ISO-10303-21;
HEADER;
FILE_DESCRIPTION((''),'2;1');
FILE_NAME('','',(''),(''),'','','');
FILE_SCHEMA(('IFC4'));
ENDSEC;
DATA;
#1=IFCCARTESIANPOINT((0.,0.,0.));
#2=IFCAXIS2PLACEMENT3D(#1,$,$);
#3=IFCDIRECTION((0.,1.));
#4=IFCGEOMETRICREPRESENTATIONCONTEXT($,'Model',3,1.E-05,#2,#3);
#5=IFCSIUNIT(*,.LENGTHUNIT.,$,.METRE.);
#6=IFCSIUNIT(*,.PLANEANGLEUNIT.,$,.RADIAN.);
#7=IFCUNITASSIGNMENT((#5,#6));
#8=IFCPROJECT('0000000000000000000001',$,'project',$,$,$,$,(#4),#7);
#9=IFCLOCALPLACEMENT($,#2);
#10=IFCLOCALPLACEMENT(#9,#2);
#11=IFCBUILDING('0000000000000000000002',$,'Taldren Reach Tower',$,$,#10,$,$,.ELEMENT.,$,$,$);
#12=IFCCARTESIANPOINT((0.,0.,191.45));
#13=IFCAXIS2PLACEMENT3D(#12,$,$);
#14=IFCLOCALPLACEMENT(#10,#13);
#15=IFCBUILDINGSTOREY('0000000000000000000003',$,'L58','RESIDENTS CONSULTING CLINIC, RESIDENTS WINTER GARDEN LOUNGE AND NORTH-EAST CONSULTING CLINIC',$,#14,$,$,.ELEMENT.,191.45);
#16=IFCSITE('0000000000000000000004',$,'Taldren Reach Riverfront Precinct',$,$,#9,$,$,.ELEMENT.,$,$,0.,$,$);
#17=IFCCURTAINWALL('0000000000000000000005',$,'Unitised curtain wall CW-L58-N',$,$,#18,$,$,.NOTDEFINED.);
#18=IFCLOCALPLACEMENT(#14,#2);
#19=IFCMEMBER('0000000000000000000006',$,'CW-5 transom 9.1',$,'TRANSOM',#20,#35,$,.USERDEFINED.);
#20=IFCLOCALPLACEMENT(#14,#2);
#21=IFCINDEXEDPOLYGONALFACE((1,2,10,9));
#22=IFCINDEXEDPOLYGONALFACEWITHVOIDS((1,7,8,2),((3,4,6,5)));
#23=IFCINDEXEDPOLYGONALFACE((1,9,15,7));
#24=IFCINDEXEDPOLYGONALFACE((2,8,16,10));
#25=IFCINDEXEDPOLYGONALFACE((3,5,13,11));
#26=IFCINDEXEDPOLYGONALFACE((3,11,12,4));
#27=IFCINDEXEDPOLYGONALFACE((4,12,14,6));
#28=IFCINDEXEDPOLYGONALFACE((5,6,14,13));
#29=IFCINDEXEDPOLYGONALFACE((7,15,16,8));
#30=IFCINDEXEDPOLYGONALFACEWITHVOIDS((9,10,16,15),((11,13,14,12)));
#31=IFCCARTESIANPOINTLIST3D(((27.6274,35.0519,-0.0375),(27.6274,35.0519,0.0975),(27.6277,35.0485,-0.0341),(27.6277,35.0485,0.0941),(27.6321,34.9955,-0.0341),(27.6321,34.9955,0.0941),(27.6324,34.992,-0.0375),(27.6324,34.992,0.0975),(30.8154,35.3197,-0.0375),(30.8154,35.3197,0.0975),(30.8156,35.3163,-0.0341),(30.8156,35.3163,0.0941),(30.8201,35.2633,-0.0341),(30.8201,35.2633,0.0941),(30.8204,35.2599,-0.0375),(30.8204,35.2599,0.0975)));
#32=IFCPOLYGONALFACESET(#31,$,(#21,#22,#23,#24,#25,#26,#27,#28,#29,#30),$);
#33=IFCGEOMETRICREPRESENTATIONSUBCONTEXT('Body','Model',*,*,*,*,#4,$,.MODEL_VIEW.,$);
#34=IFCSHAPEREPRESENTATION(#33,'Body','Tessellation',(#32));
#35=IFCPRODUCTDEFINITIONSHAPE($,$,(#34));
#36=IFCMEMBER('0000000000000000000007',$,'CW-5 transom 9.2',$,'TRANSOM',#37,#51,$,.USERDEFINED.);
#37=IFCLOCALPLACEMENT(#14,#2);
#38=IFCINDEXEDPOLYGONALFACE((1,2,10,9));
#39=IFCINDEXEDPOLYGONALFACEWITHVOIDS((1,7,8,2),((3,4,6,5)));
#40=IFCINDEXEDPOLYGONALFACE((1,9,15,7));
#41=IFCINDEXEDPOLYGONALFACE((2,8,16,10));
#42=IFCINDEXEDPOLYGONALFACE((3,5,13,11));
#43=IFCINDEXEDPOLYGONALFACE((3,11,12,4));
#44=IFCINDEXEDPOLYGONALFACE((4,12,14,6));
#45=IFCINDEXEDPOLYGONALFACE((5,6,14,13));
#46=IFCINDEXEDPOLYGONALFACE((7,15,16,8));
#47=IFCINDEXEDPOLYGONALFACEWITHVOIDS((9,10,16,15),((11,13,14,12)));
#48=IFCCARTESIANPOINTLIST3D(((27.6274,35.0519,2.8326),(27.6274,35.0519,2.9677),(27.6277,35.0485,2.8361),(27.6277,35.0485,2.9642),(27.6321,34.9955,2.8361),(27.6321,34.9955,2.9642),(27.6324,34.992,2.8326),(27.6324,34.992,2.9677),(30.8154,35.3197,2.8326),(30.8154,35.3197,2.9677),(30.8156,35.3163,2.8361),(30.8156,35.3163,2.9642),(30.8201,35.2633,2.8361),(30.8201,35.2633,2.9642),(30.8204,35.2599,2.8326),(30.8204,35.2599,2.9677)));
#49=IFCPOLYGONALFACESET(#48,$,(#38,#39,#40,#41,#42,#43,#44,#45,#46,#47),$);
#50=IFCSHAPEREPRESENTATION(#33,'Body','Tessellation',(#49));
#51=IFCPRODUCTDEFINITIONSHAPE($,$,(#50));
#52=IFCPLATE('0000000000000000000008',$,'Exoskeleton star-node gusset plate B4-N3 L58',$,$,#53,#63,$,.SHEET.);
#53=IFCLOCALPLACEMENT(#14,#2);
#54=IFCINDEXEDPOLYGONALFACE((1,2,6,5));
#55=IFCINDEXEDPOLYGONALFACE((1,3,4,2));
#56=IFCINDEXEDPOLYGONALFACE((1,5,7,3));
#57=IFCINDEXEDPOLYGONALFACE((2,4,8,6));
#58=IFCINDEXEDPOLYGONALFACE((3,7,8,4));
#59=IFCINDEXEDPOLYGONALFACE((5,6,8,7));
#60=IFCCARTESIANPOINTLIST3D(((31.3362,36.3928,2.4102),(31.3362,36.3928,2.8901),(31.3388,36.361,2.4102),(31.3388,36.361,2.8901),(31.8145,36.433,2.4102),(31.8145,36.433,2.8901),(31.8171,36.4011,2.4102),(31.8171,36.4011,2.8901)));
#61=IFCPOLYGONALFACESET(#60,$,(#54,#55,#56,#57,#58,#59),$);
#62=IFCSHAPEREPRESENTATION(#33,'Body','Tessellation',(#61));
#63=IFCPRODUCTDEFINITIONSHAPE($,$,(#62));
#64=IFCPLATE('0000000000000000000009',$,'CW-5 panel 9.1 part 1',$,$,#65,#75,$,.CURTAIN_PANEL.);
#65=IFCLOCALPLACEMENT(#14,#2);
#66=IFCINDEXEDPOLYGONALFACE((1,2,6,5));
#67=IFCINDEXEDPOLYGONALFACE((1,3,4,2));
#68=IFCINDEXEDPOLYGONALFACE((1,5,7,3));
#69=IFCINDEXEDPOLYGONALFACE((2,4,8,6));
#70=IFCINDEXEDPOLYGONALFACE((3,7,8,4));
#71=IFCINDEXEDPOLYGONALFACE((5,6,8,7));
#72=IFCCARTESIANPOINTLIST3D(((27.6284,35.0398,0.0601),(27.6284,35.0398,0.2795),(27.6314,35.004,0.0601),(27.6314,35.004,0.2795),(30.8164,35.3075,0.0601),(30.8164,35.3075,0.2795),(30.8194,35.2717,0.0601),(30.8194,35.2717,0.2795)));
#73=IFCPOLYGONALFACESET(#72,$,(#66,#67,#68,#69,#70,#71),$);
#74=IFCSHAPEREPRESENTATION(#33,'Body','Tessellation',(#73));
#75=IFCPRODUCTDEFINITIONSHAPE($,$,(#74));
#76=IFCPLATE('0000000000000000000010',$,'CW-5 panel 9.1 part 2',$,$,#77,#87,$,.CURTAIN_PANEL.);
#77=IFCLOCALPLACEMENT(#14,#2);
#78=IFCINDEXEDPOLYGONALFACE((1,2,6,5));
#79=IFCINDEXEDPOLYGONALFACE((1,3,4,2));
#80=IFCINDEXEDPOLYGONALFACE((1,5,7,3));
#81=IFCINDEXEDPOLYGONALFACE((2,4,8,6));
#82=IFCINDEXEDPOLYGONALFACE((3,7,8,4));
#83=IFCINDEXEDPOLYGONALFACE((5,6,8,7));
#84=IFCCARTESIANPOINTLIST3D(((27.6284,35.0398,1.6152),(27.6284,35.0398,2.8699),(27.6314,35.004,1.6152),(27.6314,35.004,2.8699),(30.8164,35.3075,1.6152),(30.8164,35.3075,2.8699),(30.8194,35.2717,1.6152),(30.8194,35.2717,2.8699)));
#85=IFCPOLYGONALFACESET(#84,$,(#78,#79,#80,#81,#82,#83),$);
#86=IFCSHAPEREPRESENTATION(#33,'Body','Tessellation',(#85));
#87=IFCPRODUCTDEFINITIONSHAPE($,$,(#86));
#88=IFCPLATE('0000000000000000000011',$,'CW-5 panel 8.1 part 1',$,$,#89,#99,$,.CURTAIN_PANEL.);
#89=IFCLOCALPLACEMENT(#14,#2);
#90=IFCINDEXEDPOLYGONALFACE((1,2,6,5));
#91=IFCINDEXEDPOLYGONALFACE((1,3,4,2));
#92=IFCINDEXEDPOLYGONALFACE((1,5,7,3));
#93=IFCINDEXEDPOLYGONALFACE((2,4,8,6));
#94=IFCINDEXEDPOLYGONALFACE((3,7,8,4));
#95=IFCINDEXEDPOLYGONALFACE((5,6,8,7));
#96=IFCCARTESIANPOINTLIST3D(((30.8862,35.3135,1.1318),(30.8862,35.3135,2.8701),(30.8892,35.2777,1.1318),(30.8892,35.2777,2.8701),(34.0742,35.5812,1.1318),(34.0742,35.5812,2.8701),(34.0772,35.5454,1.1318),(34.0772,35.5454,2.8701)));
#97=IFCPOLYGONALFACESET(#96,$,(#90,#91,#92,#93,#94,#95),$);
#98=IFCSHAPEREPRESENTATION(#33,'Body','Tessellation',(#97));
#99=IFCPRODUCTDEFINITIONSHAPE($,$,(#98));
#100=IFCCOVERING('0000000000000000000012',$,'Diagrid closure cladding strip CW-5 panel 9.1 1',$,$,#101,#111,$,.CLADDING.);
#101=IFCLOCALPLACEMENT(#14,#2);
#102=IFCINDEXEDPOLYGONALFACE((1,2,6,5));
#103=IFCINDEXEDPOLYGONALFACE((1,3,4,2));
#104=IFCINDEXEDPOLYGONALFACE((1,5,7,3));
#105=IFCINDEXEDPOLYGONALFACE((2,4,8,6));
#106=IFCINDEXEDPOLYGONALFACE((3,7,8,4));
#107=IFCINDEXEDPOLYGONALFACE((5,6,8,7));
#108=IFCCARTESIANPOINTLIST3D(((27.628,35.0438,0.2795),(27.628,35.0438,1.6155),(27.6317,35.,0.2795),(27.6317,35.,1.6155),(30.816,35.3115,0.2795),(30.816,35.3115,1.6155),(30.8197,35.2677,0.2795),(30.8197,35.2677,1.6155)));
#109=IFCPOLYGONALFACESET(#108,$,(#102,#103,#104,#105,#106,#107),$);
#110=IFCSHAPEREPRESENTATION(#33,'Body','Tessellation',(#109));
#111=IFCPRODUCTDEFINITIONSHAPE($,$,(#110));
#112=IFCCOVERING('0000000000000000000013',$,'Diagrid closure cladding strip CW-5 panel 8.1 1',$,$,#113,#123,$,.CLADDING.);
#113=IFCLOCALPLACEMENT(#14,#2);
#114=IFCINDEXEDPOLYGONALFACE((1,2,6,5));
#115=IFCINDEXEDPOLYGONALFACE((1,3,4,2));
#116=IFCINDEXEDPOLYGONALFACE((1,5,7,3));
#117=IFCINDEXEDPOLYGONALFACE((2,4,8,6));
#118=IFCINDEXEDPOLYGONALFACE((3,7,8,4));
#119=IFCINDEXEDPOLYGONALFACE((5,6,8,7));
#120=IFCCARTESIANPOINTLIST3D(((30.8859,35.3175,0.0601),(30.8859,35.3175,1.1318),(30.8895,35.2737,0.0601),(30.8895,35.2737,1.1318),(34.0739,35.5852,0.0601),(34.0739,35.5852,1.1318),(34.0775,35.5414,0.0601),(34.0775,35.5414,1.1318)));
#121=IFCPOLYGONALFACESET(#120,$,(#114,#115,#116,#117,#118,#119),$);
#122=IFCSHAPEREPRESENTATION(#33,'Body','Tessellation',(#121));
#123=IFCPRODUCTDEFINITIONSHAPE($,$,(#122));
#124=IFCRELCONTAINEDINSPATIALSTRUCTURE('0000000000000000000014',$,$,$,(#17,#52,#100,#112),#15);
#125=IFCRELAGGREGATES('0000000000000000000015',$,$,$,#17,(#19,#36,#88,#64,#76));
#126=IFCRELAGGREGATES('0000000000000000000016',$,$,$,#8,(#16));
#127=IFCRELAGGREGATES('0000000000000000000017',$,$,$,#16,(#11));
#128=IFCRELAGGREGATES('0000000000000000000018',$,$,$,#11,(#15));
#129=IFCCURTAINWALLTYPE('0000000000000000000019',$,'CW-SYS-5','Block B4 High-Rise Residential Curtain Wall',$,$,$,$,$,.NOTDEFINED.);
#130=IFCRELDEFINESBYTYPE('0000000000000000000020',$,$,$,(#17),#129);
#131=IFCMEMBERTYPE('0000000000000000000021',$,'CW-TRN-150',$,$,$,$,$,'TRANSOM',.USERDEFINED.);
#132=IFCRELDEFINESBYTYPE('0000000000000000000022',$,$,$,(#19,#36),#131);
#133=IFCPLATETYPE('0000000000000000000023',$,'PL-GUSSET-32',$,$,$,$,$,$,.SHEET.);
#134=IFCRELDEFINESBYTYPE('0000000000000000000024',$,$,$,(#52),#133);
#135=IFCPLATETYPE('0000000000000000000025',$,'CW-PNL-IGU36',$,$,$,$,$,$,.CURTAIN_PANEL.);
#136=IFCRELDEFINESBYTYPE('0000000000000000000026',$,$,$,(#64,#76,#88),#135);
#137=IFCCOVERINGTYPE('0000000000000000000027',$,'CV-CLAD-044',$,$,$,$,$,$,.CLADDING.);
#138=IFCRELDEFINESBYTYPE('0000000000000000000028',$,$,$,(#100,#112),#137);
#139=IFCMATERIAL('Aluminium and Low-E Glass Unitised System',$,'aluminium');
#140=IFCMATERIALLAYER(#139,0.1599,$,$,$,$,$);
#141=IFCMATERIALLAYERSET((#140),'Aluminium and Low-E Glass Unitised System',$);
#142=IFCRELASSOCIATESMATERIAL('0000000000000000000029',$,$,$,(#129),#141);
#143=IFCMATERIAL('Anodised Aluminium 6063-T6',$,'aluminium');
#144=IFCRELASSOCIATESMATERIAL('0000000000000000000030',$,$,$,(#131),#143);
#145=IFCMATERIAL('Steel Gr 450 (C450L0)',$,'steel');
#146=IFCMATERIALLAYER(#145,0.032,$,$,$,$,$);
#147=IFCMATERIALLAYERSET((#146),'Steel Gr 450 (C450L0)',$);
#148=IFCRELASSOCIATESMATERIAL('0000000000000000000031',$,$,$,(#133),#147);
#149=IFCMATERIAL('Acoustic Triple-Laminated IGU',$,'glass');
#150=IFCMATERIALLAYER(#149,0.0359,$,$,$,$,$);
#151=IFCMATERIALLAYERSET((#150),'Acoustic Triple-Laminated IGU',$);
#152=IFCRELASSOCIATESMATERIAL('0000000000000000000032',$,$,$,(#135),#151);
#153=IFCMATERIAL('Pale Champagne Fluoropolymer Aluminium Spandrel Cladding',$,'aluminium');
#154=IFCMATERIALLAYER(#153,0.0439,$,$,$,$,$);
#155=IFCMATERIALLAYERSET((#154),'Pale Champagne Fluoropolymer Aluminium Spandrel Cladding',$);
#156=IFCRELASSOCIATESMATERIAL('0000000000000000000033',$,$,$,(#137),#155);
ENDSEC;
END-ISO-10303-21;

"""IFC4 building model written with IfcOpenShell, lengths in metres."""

from ifc_helpers import new_model, si_unit, direction, frame, origin, origin_2d, place, context, subcontext, project, spatial, rectangle, hollow_rectangle, extrude, source, transform, mapped, material, layer, layer_set, material_profile, profile_set, type_object, element, aggregate, save


model = new_model("IFC4")

# Units and contexts
model_context = context("Model", 3, precision=1e-05, world=origin(), true_north=direction((0.0, 1.0)))
body_context = subcontext(model_context, "Body", "Model", "MODEL_VIEW")
ifc_project = project(units=[si_unit("LENGTHUNIT", "METRE"), si_unit("PLANEANGLEUNIT", "RADIAN")], contexts=[model_context])

# Site, building, storey
site_placement = place(None, origin())
site = spatial("IfcSite", under=ifc_project, at=site_placement, Name="Taldren Reach Riverfront Precinct", CompositionType="ELEMENT", RefElevation=0.0)
building_placement = place(site_placement, origin())
building = spatial("IfcBuilding", under=site, at=building_placement, Name="Taldren Reach Tower", CompositionType="ELEMENT")
storey_placement = place(building_placement, frame((0.0, 0.0, 191.45)))
storey = spatial("IfcBuildingStorey", under=building, at=storey_placement, Name="L58", Description="RESIDENTS CONSULTING CLINIC, RESIDENTS WINTER GARDEN LOUNGE AND NORTH-EAST CONSULTING CLINIC", CompositionType="ELEMENT", Elevation=191.45)

# Shared definitions
ifc_material_1 = material(Name="Steel Gr 450 (C450L0)", Category="steel")

# Curtain wall, members
ifc_material_2 = material(Name="Aluminium and Low-E Glass Unitised System", Category="aluminium")
ifc_layer_1 = layer(ifc_material_2, 0.1599)
ifc_layer_set_1 = layer_set([ifc_layer_1], Name="Aluminium and Low-E Glass Unitised System")
curtain_wall_type = type_object("IfcCurtainWallType", Name="CW-SYS-5", Description="Block B4 High-Rise Residential Curtain Wall", PredefinedType="NOTDEFINED", material=ifc_layer_set_1)
curtain_wall_placement = place(storey_placement, origin())
curtain_wall = element("IfcCurtainWall", 1, at=curtain_wall_placement, inside=storey, type_object=curtain_wall_type, Name="Unitised curtain wall CW-L58-N", PredefinedType="NOTDEFINED")
ifc_material_3 = material(Name="Anodised Aluminium 6063-T6", Category="aluminium")
ifc_material_profile_1 = material_profile(ifc_material_3, hollow_rectangle(XDim=0.0601, YDim=0.135, WallThickness=0.0034, at=origin_2d()), Name="ALU-135x60x3.5RHS")
ifc_profile_set_1 = profile_set([ifc_material_profile_1], Name="Anodised Aluminium 6063-T6")
member_type_1 = type_object("IfcMemberType", Name="CW-TRN-150", ElementType="TRANSOM", PredefinedType="USERDEFINED", material=ifc_profile_set_1)
shared_shape_1 = source(origin(), body_context, "Body", "SweptSolid", [
    extrude(hollow_rectangle(XDim=0.0601, YDim=0.135, WallThickness=0.0034, at=origin_2d()), origin(), (0.0, 0.0, 1.0), 3.1992),
])
member_1_placement = place(storey_placement, frame((30.8179, 35.2898, 0.03), z_axis=(-0.99649, -0.083715, 0.0), x_axis=(0.083715, -0.99649, 0.0)))
member_1 = element("IfcMember", 2, at=member_1_placement, type_object=member_type_1, Name="CW-5 transom 9.1", ObjectType="TRANSOM", PredefinedType="USERDEFINED", context=body_context, shape_type="MappedRepresentation", body=[
    mapped(shared_shape_1, transform((0.0, 0.0, 0.0), scale=1.0)),
])
member_2_placement = place(storey_placement, frame((30.8179, 35.2898, 2.9001), z_axis=(-0.99649, -0.083715, 0.0), x_axis=(0.083715, -0.99649, 0.0)))
member_2 = element("IfcMember", 3, at=member_2_placement, type_object=member_type_1, Name="CW-5 transom 9.2", ObjectType="TRANSOM", PredefinedType="USERDEFINED", context=body_context, shape_type="MappedRepresentation", body=[
    mapped(shared_shape_1, transform((0.0, 0.0, 0.0), scale=1.0)),
])

# Plates
ifc_layer_2 = layer(ifc_material_1, 0.032)
ifc_layer_set_2 = layer_set([ifc_layer_2], Name="Steel Gr 450 (C450L0)")
plate_type_1 = type_object("IfcPlateType", Name="PL-GUSSET-32", PredefinedType="SHEET", material=ifc_layer_set_2)
shared_shape_2 = source(origin(), body_context, "Body", "SweptSolid", [
    extrude(rectangle(XDim=0.48, YDim=0.032, at=origin_2d()), origin(), (0.0, 0.0, 1.0), 0.48),
])
plate_1_placement = place(storey_placement, frame((31.5767, 36.397, 2.4102), z_axis=(0.0, 0.0, 1.0), x_axis=(0.996493, 0.083678, 0.0)))
element("IfcPlate", 4, at=plate_1_placement, inside=storey, type_object=plate_type_1, Name="Exoskeleton star-node gusset plate B4-N3 L58", PredefinedType="SHEET", context=body_context, shape_type="MappedRepresentation", body=[
    mapped(shared_shape_2, transform((0.0, 0.0, 0.0), scale=1.0)),
])
ifc_material_4 = material(Name="Acoustic Triple-Laminated IGU", Category="glass")
ifc_layer_3 = layer(ifc_material_4, 0.0359)
ifc_layer_set_3 = layer_set([ifc_layer_3], Name="Acoustic Triple-Laminated IGU")
plate_type_2 = type_object("IfcPlateType", Name="CW-PNL-IGU36", PredefinedType="CURTAIN_PANEL", material=ifc_layer_set_3)
shared_shape_3 = source(origin(), body_context, "Body", "SweptSolid", [
    extrude(rectangle(XDim=3.1992, YDim=0.0359, at=origin_2d()), origin(), (0.0, 0.0, 1.0), 0.2195),
])
plate_2_placement = place(storey_placement, frame((29.2239, 35.1558, 0.0601), z_axis=(0.0, 0.0, 1.0), x_axis=(-0.996493, -0.083678, 0.0)))
plate_2 = element("IfcPlate", 5, at=plate_2_placement, type_object=plate_type_2, Name="CW-5 panel 9.1 part 1", PredefinedType="CURTAIN_PANEL", context=body_context, shape_type="MappedRepresentation", body=[
    mapped(shared_shape_3, transform((0.0, 0.0, 0.0), scale=1.0)),
])
shared_shape_4 = source(origin(), body_context, "Body", "SweptSolid", [
    extrude(rectangle(XDim=3.1992, YDim=0.0359, at=origin_2d()), origin(), (0.0, 0.0, 1.0), 1.2546),
])
plate_3_placement = place(storey_placement, frame((29.2239, 35.1558, 1.6152), z_axis=(0.0, 0.0, 1.0), x_axis=(-0.996493, -0.083678, 0.0)))
plate_3 = element("IfcPlate", 6, at=plate_3_placement, type_object=plate_type_2, Name="CW-5 panel 9.1 part 2", PredefinedType="CURTAIN_PANEL", context=body_context, shape_type="MappedRepresentation", body=[
    mapped(shared_shape_4, transform((0.0, 0.0, 0.0), scale=1.0)),
])
shared_shape_5 = source(origin(), body_context, "Body", "SweptSolid", [
    extrude(rectangle(XDim=3.1992, YDim=0.0359, at=origin_2d()), origin(), (0.0, 0.0, 1.0), 1.7383),
])
plate_4_placement = place(storey_placement, frame((32.4817, 35.4294, 1.1318), z_axis=(0.0, 0.0, 1.0), x_axis=(-0.996493, -0.083678, 0.0)))
plate_4 = element("IfcPlate", 7, at=plate_4_placement, type_object=plate_type_2, Name="CW-5 panel 8.1 part 1", PredefinedType="CURTAIN_PANEL", context=body_context, shape_type="MappedRepresentation", body=[
    mapped(shared_shape_5, transform((0.0, 0.0, 0.0), scale=1.0)),
])
aggregate(curtain_wall, [member_1, member_2, plate_4, plate_2, plate_3])

# Coverings
ifc_material_5 = material(Name="Pale Champagne Fluoropolymer Aluminium Spandrel Cladding", Category="aluminium")
ifc_layer_4 = layer(ifc_material_5, 0.0439)
ifc_layer_set_4 = layer_set([ifc_layer_4], Name="Pale Champagne Fluoropolymer Aluminium Spandrel Cladding")
covering_type = type_object("IfcCoveringType", Name="CV-CLAD-044", PredefinedType="CLADDING", material=ifc_layer_set_4)
shared_shape_6 = source(origin(), body_context, "Body", "SweptSolid", [
    extrude(rectangle(XDim=3.1992, YDim=0.0439, at=origin_2d()), origin(), (0.0, 0.0, 1.0), 1.3359),
])
covering_1_placement = place(storey_placement, frame((29.2239, 35.1558, 0.2795), z_axis=(0.0, 0.0, 1.0), x_axis=(-0.996493, -0.083678, 0.0)))
element("IfcCovering", 8, at=covering_1_placement, inside=storey, type_object=covering_type, Name="Diagrid closure cladding strip CW-5 panel 9.1 1", PredefinedType="CLADDING", context=body_context, shape_type="MappedRepresentation", body=[
    mapped(shared_shape_6, transform((0.0, 0.0, 0.0), scale=1.0)),
])
shared_shape_7 = source(origin(), body_context, "Body", "SweptSolid", [
    extrude(rectangle(XDim=3.1992, YDim=0.0439, at=origin_2d()), origin(), (0.0, 0.0, 1.0), 1.0718),
])
covering_2_placement = place(storey_placement, frame((32.4817, 35.4294, 0.0601), z_axis=(0.0, 0.0, 1.0), x_axis=(-0.996493, -0.083678, 0.0)))
element("IfcCovering", 9, at=covering_2_placement, inside=storey, type_object=covering_type, Name="Diagrid closure cladding strip CW-5 panel 8.1 1", PredefinedType="CLADDING", context=body_context, shape_type="MappedRepresentation", body=[
    mapped(shared_shape_7, transform((0.0, 0.0, 0.0), scale=1.0)),
])

save(model, "model.ifc")
